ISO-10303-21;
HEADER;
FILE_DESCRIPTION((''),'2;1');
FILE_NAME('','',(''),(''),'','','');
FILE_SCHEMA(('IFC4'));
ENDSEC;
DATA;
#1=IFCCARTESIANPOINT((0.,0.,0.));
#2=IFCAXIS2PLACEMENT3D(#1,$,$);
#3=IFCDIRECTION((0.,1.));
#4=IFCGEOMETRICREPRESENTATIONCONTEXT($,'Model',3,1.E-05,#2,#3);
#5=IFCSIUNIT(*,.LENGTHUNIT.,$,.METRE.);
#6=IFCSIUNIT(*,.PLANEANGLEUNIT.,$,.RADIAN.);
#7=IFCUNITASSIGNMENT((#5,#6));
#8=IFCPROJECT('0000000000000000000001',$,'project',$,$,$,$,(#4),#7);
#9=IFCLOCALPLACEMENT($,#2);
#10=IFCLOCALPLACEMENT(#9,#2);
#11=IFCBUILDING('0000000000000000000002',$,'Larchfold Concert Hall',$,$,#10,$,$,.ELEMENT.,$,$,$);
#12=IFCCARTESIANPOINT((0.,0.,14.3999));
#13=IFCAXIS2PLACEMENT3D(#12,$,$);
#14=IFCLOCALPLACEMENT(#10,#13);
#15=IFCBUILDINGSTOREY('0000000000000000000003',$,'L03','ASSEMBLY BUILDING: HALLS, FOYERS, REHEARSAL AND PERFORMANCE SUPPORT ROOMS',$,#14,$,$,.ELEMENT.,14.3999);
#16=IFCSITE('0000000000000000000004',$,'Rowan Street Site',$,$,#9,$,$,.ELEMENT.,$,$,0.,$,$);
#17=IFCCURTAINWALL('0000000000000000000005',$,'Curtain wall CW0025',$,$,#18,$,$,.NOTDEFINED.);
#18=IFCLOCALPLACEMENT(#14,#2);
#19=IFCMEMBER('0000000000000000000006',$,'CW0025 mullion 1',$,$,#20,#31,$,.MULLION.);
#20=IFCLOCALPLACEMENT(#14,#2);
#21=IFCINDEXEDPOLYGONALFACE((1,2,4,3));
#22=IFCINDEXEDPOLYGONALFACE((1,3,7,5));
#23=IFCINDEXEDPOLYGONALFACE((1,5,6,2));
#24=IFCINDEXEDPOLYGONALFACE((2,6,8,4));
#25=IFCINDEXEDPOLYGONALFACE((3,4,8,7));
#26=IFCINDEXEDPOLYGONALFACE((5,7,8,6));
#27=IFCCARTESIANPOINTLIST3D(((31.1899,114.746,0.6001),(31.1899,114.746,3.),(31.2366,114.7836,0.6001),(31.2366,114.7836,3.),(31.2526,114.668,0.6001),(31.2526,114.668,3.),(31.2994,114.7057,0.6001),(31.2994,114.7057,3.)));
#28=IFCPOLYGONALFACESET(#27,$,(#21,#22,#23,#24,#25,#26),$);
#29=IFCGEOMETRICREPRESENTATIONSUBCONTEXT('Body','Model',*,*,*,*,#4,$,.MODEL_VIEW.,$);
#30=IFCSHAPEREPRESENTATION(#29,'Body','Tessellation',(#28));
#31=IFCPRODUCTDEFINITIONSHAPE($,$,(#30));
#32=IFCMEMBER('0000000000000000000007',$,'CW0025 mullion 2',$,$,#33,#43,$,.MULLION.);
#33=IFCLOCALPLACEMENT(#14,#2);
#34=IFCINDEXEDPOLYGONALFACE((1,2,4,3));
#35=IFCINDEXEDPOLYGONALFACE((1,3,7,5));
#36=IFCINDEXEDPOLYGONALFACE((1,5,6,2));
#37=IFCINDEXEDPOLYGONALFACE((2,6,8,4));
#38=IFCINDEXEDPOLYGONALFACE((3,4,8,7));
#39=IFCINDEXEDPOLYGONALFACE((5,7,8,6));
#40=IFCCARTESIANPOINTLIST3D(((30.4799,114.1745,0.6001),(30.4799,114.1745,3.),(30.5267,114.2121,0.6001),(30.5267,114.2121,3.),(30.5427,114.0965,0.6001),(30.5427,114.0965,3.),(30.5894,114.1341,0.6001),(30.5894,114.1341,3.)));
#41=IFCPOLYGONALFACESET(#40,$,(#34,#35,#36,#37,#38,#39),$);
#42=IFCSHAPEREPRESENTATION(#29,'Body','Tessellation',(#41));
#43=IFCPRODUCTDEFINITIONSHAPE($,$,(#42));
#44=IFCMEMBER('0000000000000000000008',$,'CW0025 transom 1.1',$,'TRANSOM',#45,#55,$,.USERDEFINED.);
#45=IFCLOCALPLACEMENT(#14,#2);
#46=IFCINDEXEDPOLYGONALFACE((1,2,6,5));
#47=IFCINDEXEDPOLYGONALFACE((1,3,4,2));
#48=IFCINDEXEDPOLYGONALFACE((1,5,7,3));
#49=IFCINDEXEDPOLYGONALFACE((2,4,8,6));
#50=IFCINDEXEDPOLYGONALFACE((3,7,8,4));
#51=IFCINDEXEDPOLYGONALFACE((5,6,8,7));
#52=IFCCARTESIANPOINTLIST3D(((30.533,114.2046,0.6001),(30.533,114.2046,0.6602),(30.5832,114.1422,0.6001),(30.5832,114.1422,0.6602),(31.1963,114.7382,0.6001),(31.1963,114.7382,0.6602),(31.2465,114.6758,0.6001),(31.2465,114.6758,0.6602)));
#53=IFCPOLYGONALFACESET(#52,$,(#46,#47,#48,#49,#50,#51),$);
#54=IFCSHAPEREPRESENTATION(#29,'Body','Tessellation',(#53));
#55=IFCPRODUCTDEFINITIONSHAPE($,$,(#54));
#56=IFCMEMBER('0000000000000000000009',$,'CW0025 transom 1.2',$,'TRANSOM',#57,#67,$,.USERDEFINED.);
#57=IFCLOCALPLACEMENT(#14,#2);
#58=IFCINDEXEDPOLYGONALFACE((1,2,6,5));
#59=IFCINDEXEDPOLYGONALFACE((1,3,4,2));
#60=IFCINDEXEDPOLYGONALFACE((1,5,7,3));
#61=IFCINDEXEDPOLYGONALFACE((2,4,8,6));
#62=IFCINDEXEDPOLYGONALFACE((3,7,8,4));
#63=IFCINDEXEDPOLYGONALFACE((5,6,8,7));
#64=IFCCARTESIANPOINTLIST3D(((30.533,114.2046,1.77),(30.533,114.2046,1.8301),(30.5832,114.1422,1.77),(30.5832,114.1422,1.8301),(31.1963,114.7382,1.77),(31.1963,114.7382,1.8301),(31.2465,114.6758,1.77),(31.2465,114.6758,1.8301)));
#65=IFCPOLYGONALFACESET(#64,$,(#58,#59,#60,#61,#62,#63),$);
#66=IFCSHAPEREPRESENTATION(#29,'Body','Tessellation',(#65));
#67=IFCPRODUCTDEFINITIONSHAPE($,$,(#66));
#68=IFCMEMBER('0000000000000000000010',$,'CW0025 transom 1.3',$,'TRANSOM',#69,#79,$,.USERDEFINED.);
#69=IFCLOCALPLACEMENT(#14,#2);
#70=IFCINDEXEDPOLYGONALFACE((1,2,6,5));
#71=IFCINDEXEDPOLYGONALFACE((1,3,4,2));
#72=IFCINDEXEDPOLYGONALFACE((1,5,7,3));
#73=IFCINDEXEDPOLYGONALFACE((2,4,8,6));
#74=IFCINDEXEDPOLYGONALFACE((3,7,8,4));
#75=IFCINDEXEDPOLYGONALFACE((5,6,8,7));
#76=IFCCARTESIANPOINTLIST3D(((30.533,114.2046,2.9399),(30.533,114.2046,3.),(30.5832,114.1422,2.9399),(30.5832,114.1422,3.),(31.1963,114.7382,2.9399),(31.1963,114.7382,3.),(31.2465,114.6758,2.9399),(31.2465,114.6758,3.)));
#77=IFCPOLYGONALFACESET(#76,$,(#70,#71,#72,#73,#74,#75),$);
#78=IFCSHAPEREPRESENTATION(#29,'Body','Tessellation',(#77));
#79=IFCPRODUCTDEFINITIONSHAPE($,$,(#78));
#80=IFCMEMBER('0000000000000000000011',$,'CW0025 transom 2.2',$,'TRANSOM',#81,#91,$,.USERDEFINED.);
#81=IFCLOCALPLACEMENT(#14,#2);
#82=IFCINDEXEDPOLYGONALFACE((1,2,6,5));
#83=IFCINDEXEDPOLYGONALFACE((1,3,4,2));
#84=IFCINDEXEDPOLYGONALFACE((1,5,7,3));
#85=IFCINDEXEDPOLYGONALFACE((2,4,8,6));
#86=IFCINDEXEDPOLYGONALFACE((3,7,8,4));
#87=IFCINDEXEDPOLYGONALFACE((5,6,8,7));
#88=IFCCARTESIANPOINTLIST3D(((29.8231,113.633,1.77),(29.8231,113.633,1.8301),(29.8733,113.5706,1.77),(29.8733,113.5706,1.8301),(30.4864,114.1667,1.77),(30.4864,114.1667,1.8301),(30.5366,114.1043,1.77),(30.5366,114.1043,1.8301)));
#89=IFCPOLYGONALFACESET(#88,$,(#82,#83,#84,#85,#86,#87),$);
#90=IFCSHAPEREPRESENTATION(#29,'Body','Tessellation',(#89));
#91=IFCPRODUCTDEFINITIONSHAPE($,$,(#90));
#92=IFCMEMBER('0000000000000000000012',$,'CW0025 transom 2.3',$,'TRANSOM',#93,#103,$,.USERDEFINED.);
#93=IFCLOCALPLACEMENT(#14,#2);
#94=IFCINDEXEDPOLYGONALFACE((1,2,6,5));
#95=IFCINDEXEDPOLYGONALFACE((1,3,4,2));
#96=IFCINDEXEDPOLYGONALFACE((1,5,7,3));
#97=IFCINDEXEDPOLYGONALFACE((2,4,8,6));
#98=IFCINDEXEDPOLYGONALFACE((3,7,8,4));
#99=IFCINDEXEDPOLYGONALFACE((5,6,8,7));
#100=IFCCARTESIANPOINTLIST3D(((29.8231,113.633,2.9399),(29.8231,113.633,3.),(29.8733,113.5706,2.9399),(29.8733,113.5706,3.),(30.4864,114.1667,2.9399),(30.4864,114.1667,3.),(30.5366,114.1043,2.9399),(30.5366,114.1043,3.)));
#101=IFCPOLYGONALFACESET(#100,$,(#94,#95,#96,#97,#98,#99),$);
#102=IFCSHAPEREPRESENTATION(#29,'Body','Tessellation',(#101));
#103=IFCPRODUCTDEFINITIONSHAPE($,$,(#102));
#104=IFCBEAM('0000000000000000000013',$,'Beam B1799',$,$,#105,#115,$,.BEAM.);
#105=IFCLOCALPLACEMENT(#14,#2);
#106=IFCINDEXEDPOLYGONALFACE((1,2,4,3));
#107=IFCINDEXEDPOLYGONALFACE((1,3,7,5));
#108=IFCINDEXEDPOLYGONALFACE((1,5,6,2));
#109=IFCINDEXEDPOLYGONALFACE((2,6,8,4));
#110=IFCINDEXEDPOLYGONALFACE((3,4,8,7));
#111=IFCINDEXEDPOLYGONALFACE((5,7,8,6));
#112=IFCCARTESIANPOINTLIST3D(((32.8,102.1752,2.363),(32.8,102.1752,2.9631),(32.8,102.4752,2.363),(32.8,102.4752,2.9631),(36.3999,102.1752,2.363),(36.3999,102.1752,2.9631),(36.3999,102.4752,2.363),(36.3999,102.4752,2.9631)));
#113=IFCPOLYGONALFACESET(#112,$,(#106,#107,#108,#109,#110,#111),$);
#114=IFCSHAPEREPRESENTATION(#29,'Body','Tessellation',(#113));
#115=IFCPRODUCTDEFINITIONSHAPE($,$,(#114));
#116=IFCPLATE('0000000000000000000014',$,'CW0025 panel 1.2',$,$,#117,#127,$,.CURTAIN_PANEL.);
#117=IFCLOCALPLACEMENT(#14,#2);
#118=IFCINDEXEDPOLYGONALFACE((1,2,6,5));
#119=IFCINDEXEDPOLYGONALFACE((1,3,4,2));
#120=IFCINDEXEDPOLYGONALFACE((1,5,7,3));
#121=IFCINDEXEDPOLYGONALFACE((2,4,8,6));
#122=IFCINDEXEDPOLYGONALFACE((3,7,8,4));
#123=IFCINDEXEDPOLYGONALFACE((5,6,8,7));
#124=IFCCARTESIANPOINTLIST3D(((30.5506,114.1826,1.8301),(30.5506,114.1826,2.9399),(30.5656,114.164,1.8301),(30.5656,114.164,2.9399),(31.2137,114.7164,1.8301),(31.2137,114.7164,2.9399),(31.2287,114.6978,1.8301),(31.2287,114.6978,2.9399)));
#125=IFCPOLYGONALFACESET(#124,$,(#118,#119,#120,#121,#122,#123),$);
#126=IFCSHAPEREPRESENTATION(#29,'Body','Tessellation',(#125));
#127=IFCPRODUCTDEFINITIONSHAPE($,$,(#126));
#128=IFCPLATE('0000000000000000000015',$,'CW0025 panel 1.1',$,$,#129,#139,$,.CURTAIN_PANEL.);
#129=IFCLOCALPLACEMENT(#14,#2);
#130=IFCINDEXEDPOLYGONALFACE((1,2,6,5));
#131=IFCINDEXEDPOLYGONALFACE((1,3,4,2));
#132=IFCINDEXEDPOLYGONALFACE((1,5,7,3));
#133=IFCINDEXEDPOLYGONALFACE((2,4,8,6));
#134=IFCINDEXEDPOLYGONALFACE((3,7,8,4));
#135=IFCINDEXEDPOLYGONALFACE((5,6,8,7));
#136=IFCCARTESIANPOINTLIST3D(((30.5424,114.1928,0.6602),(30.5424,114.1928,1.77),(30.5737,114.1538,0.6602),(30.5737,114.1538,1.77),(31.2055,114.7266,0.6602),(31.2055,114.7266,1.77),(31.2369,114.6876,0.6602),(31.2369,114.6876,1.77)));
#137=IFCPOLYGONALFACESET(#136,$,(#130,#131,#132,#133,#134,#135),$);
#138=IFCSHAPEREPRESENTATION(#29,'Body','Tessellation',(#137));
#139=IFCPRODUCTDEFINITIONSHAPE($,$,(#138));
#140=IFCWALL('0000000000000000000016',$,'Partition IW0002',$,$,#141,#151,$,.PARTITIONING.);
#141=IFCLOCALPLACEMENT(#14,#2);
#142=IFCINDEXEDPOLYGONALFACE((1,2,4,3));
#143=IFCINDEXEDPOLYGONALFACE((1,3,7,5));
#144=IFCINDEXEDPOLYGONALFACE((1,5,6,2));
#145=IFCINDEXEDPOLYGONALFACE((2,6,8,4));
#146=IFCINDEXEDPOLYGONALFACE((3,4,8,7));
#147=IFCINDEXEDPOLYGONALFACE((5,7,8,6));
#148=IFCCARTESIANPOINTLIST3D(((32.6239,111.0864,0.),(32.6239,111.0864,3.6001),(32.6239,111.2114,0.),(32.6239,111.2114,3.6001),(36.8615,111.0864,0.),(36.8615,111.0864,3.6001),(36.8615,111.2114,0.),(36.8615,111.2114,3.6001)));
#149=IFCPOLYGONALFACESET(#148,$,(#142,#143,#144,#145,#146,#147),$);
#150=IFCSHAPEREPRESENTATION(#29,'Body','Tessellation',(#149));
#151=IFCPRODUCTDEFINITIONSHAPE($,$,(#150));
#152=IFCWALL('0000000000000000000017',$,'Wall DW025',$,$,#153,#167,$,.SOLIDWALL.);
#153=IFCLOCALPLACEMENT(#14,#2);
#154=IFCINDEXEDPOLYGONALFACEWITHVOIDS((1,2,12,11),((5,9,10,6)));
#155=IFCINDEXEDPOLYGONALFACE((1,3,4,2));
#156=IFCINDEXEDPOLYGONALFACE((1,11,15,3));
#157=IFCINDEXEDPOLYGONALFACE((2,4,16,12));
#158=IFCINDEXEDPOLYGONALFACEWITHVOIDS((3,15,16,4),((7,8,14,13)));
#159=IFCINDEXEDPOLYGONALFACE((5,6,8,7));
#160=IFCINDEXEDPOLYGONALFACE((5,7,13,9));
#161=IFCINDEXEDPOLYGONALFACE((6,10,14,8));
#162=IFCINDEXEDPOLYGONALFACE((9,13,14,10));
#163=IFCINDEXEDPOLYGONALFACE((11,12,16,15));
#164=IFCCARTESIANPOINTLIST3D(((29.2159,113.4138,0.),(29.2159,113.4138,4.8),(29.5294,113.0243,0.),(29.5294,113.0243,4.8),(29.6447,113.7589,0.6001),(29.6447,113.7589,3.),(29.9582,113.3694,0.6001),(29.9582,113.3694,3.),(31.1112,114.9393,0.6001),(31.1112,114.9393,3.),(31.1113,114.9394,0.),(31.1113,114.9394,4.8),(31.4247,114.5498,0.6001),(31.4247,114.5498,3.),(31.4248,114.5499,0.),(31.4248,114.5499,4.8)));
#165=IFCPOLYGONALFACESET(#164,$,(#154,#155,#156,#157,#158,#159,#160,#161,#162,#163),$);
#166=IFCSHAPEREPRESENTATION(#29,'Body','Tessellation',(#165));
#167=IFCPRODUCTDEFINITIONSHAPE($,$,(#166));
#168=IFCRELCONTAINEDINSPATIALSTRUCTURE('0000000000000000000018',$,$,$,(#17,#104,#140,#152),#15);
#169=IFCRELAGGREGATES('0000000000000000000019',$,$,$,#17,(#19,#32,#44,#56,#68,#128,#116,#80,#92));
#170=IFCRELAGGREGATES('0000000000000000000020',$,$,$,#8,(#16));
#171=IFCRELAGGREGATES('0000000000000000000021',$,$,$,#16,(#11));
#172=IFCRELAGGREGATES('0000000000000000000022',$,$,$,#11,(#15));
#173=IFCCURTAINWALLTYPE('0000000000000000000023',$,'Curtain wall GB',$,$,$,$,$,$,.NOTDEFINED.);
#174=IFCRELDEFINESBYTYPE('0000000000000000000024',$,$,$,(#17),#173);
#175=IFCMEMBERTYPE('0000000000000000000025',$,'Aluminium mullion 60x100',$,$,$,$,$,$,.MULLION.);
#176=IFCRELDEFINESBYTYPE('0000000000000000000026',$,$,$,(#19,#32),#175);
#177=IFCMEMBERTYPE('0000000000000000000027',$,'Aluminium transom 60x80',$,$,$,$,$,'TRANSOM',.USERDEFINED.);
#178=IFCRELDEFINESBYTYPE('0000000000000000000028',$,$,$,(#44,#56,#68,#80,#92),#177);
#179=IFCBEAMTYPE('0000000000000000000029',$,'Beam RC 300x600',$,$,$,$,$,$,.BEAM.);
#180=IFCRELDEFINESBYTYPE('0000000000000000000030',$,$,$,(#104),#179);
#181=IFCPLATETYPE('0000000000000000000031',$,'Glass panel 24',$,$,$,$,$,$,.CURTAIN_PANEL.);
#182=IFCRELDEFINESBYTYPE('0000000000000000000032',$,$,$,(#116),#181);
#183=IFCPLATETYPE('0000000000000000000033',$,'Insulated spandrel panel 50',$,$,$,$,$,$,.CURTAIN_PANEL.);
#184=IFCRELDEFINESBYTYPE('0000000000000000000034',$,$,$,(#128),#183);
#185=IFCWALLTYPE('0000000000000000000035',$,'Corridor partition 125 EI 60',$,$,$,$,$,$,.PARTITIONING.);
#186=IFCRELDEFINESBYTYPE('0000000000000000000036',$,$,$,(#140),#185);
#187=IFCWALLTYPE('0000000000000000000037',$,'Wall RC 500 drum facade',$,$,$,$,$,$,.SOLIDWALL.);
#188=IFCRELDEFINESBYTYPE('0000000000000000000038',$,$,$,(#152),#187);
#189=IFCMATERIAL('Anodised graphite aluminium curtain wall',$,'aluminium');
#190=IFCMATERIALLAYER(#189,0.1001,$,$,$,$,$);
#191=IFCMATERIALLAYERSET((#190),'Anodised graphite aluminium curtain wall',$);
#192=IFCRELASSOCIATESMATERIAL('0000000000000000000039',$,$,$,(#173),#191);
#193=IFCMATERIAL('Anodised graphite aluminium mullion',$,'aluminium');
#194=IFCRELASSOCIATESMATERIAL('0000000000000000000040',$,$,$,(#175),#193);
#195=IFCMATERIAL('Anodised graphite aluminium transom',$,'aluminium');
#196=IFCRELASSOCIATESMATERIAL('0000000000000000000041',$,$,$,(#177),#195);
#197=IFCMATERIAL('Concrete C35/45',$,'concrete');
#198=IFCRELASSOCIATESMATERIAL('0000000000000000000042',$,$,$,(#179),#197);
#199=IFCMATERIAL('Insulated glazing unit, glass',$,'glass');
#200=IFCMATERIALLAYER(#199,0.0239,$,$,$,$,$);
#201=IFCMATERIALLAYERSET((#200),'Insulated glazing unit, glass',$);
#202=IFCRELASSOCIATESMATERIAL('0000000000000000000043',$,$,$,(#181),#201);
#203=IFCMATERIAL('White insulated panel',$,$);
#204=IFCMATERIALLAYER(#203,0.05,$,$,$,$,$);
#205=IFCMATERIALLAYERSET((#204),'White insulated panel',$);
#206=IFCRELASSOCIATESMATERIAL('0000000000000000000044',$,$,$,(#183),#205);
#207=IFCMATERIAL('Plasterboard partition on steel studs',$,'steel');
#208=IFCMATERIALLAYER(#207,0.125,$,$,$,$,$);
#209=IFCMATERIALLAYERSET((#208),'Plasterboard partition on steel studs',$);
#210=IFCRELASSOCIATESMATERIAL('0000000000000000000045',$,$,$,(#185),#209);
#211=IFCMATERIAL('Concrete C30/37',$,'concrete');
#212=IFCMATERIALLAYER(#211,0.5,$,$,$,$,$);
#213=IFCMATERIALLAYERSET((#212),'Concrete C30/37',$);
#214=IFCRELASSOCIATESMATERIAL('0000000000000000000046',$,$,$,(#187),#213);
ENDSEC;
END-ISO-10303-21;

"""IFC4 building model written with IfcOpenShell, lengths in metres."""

from ifc_helpers import new_model, si_unit, direction, frame, frame_2d, origin, origin_2d, place, context, subcontext, project, spatial, rectangle, extrude, material, layer, layer_set, material_profile, profile_set, type_object, element, fill, aggregate, save


model = new_model("IFC4")

# Units and contexts
model_context = context("Model", 3, precision=1e-05, world=origin(), true_north=direction((0.0, 1.0)))
body_context = subcontext(model_context, "Body", "Model", "MODEL_VIEW")
ifc_project = project(units=[si_unit("LENGTHUNIT", "METRE"), si_unit("PLANEANGLEUNIT", "RADIAN")], contexts=[model_context])

# Site, building, storey
site_placement = place(None, origin())
site = spatial("IfcSite", under=ifc_project, at=site_placement, Name="Rowan Street Site", CompositionType="ELEMENT", RefElevation=0.0)
building_placement = place(site_placement, origin())
building = spatial("IfcBuilding", under=site, at=building_placement, Name="Larchfold Concert Hall", CompositionType="ELEMENT")
storey_placement = place(building_placement, frame((0.0, 0.0, 14.3999)))
storey = spatial("IfcBuildingStorey", under=building, at=storey_placement, Name="L03", Description="ASSEMBLY BUILDING: HALLS, FOYERS, REHEARSAL AND PERFORMANCE SUPPORT ROOMS", CompositionType="ELEMENT", Elevation=14.3999)

# Curtain wall, members
ifc_material_1 = material(Name="Anodised graphite aluminium curtain wall", Category="aluminium")
ifc_layer_1 = layer(ifc_material_1, 0.1001)
ifc_layer_set_1 = layer_set([ifc_layer_1], Name="Anodised graphite aluminium curtain wall")
curtain_wall_type = type_object("IfcCurtainWallType", Name="Curtain wall GB", PredefinedType="NOTDEFINED", material=ifc_layer_set_1)
curtain_wall_placement = place(storey_placement, origin())
curtain_wall = element("IfcCurtainWall", 1, at=curtain_wall_placement, inside=storey, type_object=curtain_wall_type, Name="Curtain wall CW0025", PredefinedType="NOTDEFINED")
ifc_material_2 = material(Name="Anodised graphite aluminium mullion", Category="aluminium")
ifc_material_profile_1 = material_profile(ifc_material_2, rectangle(XDim=0.1001, YDim=0.0601, at=origin_2d()))
ifc_profile_set_1 = profile_set([ifc_material_profile_1], Name="Anodised graphite aluminium mullion")
member_type_1 = type_object("IfcMemberType", Name="Aluminium mullion 60x100", PredefinedType="MULLION", material=ifc_profile_set_1)
member_1_placement = place(storey_placement, frame((31.2446, 114.7258, 0.6001), z_axis=(0.0, 0.0, 1.0), x_axis=(0.627017, -0.779006, 0.0)))
member_1 = element("IfcMember", 2, at=member_1_placement, type_object=member_type_1, Name="CW0025 mullion 1", PredefinedType="MULLION", context=body_context, shape_type="SweptSolid", body=[
    extrude(rectangle(XDim=0.1001, YDim=0.0601, at=origin_2d()), origin(), (0.0, 0.0, 1.0), 2.3999),
])
member_2_placement = place(storey_placement, frame((30.5347, 114.1543, 0.6001), z_axis=(0.0, 0.0, 1.0), x_axis=(0.627017, -0.779006, 0.0)))
member_2 = element("IfcMember", 3, at=member_2_placement, type_object=member_type_1, Name="CW0025 mullion 2", PredefinedType="MULLION", context=body_context, shape_type="SweptSolid", body=[
    extrude(rectangle(XDim=0.1001, YDim=0.0601, at=origin_2d()), origin(), (0.0, 0.0, 1.0), 2.3999),
])
ifc_material_3 = material(Name="Anodised graphite aluminium transom", Category="aluminium")
ifc_material_profile_2 = material_profile(ifc_material_3, rectangle(XDim=0.0801, YDim=0.0601, at=origin_2d()))
ifc_profile_set_2 = profile_set([ifc_material_profile_2], Name="Anodised graphite aluminium transom")
member_type_2 = type_object("IfcMemberType", Name="Aluminium transom 60x80", ElementType="TRANSOM", PredefinedType="USERDEFINED", material=ifc_profile_set_2)
member_3_placement = place(storey_placement, frame((31.2214, 114.707, 0.6301), z_axis=(-0.779131, -0.626861, 0.0), x_axis=(0.626861, -0.779131, 0.0)))
member_3 = element("IfcMember", 4, at=member_3_placement, type_object=member_type_2, Name="CW0025 transom 1.1", ObjectType="TRANSOM", PredefinedType="USERDEFINED", context=body_context, shape_type="SweptSolid", body=[
    extrude(rectangle(XDim=0.0801, YDim=0.0601, at=origin_2d()), origin(), (0.0, 0.0, 1.0), 0.8513),
])
member_4_placement = place(storey_placement, frame((31.2214, 114.707, 1.8), z_axis=(-0.779131, -0.626861, 0.0), x_axis=(0.626861, -0.779131, 0.0)))
member_4 = element("IfcMember", 5, at=member_4_placement, type_object=member_type_2, Name="CW0025 transom 1.2", ObjectType="TRANSOM", PredefinedType="USERDEFINED", context=body_context, shape_type="SweptSolid", body=[
    extrude(rectangle(XDim=0.0801, YDim=0.0601, at=origin_2d()), origin(), (0.0, 0.0, 1.0), 0.8513),
])
member_5_placement = place(storey_placement, frame((31.2214, 114.707, 2.97), z_axis=(-0.779131, -0.626861, 0.0), x_axis=(0.626861, -0.779131, 0.0)))
member_5 = element("IfcMember", 6, at=member_5_placement, type_object=member_type_2, Name="CW0025 transom 1.3", ObjectType="TRANSOM", PredefinedType="USERDEFINED", context=body_context, shape_type="SweptSolid", body=[
    extrude(rectangle(XDim=0.0801, YDim=0.0601, at=origin_2d()), origin(), (0.0, 0.0, 1.0), 0.8513),
])
member_6_placement = place(storey_placement, frame((30.5115, 114.1355, 1.8), z_axis=(-0.779131, -0.626861, 0.0), x_axis=(0.626861, -0.779131, 0.0)))
member_6 = element("IfcMember", 7, at=member_6_placement, type_object=member_type_2, Name="CW0025 transom 2.2", ObjectType="TRANSOM", PredefinedType="USERDEFINED", context=body_context, shape_type="SweptSolid", body=[
    extrude(rectangle(XDim=0.0801, YDim=0.0601, at=origin_2d()), origin(), (0.0, 0.0, 1.0), 0.8513),
])
member_7_placement = place(storey_placement, frame((30.5115, 114.1355, 2.97), z_axis=(-0.779131, -0.626861, 0.0), x_axis=(0.626861, -0.779131, 0.0)))
member_7 = element("IfcMember", 8, at=member_7_placement, type_object=member_type_2, Name="CW0025 transom 2.3", ObjectType="TRANSOM", PredefinedType="USERDEFINED", context=body_context, shape_type="SweptSolid", body=[
    extrude(rectangle(XDim=0.0801, YDim=0.0601, at=origin_2d()), origin(), (0.0, 0.0, 1.0), 0.8513),
])

# Beam
ifc_material_4 = material(Name="Concrete C35/45", Category="concrete")
ifc_material_profile_3 = material_profile(ifc_material_4, rectangle(XDim=0.3, YDim=0.6001, at=origin_2d()))
ifc_profile_set_3 = profile_set([ifc_material_profile_3], Name="Concrete C35/45")
beam_type = type_object("IfcBeamType", Name="Beam RC 300x600", PredefinedType="BEAM", material=ifc_profile_set_3)
beam_placement = place(storey_placement, frame((32.8, 102.3252, 2.6631), z_axis=(1.0, 0.0, 0.0), x_axis=(0.0, 1.0, 0.0)))
element("IfcBeam", 9, at=beam_placement, inside=storey, type_object=beam_type, Name="Beam B1799", PredefinedType="BEAM", context=body_context, shape_type="SweptSolid", body=[
    extrude(rectangle(XDim=0.3, YDim=0.6001, at=origin_2d()), origin(), (0.0, 0.0, 1.0), 3.5999),
])

# Plates
ifc_material_5 = material(Name="Insulated glazing unit, glass", Category="glass")
ifc_layer_2 = layer(ifc_material_5, 0.0239)
ifc_layer_set_2 = layer_set([ifc_layer_2], Name="Insulated glazing unit, glass")
plate_type_1 = type_object("IfcPlateType", Name="Glass panel 24", PredefinedType="CURTAIN_PANEL", material=ifc_layer_set_2)
plate_1_placement = place(storey_placement, frame((30.8896, 114.4402, 1.8301), z_axis=(0.0, 0.0, 1.0), x_axis=(-0.779006, -0.627017, 0.0)))
plate_1 = element("IfcPlate", 10, at=plate_1_placement, type_object=plate_type_1, Name="CW0025 panel 1.2", PredefinedType="CURTAIN_PANEL", context=body_context, shape_type="SweptSolid", body=[
    extrude(rectangle(XDim=0.8513, YDim=0.0239, at=origin_2d()), origin(), (0.0, 0.0, 1.0), 1.1099),
])
ifc_material_6 = material(Name="White insulated panel")
ifc_layer_3 = layer(ifc_material_6, 0.05)
ifc_layer_set_3 = layer_set([ifc_layer_3], Name="White insulated panel")
plate_type_2 = type_object("IfcPlateType", Name="Insulated spandrel panel 50", PredefinedType="CURTAIN_PANEL", material=ifc_layer_set_3)
plate_2_placement = place(storey_placement, frame((30.8896, 114.4402, 0.6602), z_axis=(0.0, 0.0, 1.0), x_axis=(-0.779006, -0.627017, 0.0)))
plate_2 = element("IfcPlate", 11, at=plate_2_placement, type_object=plate_type_2, Name="CW0025 panel 1.1", PredefinedType="CURTAIN_PANEL", context=body_context, shape_type="SweptSolid", body=[
    extrude(rectangle(XDim=0.8513, YDim=0.05, at=origin_2d()), origin(), (0.0, 0.0, 1.0), 1.1099),
])
aggregate(curtain_wall, [member_1, member_2, member_3, member_4, member_5, plate_2, plate_1, member_6, member_7])

# Wall
ifc_material_7 = material(Name="Plasterboard partition on steel studs", Category="steel")
ifc_layer_4 = layer(ifc_material_7, 0.125)
ifc_layer_set_4 = layer_set([ifc_layer_4], Name="Plasterboard partition on steel studs")
wall_type_1 = type_object("IfcWallType", Name="Corridor partition 125 EI 60", PredefinedType="PARTITIONING", material=ifc_layer_set_4)
wall_1_placement = place(storey_placement, frame((32.624, 111.1489, 0.0), z_axis=(0.0, 0.0, 1.0), x_axis=(1.0, 0.0, 0.0)))
element("IfcWall", 12, at=wall_1_placement, inside=storey, type_object=wall_type_1, Name="Partition IW0002", PredefinedType="PARTITIONING", context=body_context, shape_type="SweptSolid", body=[
    extrude(rectangle(XDim=4.2375, YDim=0.125, at=frame_2d((2.1187, 0.0))), origin(), (0.0, 0.0, 1.0), 3.6001),
])

# Wall, opening
ifc_material_8 = material(Name="Concrete C30/37", Category="concrete")
ifc_layer_5 = layer(ifc_material_8, 0.5)
ifc_layer_set_5 = layer_set([ifc_layer_5], Name="Concrete C30/37")
wall_type_2 = type_object("IfcWallType", Name="Wall RC 500 drum facade", PredefinedType="SOLIDWALL", material=ifc_layer_set_5)
wall_2_placement = place(storey_placement, frame((31.2681, 114.7446, 0.0), z_axis=(0.0, 0.0, 1.0), x_axis=(-0.779015, -0.627005, 0.0)))
wall_2 = element("IfcWall", 13, at=wall_2_placement, inside=storey, type_object=wall_type_2, Name="Wall DW025", PredefinedType="SOLIDWALL", context=body_context, shape_type="SweptSolid", body=[
    extrude(rectangle(XDim=2.4331, YDim=0.5, at=frame_2d((1.2166, 0.0))), origin(), (0.0, 0.0, 1.0), 4.8),
])
opening_placement = place(wall_2_placement, frame((0.0, 0.0, 0.6001)))
opening = element("IfcOpeningElement", 14, at=opening_placement, cuts=wall_2, PredefinedType="OPENING", context=body_context, shape_type="SweptSolid", body=[
    extrude(rectangle(XDim=1.8826, YDim=2.3999, at=frame_2d((0.9414, 1.2))), frame((0.0, 0.26, 0.0), z_axis=(0.0, -1.0, 0.0), x_axis=(1.0, 0.0, 0.0)), (0.0, 0.0, 1.0), 0.52),
])
fill(opening, curtain_wall)

save(model, "model.ifc")
